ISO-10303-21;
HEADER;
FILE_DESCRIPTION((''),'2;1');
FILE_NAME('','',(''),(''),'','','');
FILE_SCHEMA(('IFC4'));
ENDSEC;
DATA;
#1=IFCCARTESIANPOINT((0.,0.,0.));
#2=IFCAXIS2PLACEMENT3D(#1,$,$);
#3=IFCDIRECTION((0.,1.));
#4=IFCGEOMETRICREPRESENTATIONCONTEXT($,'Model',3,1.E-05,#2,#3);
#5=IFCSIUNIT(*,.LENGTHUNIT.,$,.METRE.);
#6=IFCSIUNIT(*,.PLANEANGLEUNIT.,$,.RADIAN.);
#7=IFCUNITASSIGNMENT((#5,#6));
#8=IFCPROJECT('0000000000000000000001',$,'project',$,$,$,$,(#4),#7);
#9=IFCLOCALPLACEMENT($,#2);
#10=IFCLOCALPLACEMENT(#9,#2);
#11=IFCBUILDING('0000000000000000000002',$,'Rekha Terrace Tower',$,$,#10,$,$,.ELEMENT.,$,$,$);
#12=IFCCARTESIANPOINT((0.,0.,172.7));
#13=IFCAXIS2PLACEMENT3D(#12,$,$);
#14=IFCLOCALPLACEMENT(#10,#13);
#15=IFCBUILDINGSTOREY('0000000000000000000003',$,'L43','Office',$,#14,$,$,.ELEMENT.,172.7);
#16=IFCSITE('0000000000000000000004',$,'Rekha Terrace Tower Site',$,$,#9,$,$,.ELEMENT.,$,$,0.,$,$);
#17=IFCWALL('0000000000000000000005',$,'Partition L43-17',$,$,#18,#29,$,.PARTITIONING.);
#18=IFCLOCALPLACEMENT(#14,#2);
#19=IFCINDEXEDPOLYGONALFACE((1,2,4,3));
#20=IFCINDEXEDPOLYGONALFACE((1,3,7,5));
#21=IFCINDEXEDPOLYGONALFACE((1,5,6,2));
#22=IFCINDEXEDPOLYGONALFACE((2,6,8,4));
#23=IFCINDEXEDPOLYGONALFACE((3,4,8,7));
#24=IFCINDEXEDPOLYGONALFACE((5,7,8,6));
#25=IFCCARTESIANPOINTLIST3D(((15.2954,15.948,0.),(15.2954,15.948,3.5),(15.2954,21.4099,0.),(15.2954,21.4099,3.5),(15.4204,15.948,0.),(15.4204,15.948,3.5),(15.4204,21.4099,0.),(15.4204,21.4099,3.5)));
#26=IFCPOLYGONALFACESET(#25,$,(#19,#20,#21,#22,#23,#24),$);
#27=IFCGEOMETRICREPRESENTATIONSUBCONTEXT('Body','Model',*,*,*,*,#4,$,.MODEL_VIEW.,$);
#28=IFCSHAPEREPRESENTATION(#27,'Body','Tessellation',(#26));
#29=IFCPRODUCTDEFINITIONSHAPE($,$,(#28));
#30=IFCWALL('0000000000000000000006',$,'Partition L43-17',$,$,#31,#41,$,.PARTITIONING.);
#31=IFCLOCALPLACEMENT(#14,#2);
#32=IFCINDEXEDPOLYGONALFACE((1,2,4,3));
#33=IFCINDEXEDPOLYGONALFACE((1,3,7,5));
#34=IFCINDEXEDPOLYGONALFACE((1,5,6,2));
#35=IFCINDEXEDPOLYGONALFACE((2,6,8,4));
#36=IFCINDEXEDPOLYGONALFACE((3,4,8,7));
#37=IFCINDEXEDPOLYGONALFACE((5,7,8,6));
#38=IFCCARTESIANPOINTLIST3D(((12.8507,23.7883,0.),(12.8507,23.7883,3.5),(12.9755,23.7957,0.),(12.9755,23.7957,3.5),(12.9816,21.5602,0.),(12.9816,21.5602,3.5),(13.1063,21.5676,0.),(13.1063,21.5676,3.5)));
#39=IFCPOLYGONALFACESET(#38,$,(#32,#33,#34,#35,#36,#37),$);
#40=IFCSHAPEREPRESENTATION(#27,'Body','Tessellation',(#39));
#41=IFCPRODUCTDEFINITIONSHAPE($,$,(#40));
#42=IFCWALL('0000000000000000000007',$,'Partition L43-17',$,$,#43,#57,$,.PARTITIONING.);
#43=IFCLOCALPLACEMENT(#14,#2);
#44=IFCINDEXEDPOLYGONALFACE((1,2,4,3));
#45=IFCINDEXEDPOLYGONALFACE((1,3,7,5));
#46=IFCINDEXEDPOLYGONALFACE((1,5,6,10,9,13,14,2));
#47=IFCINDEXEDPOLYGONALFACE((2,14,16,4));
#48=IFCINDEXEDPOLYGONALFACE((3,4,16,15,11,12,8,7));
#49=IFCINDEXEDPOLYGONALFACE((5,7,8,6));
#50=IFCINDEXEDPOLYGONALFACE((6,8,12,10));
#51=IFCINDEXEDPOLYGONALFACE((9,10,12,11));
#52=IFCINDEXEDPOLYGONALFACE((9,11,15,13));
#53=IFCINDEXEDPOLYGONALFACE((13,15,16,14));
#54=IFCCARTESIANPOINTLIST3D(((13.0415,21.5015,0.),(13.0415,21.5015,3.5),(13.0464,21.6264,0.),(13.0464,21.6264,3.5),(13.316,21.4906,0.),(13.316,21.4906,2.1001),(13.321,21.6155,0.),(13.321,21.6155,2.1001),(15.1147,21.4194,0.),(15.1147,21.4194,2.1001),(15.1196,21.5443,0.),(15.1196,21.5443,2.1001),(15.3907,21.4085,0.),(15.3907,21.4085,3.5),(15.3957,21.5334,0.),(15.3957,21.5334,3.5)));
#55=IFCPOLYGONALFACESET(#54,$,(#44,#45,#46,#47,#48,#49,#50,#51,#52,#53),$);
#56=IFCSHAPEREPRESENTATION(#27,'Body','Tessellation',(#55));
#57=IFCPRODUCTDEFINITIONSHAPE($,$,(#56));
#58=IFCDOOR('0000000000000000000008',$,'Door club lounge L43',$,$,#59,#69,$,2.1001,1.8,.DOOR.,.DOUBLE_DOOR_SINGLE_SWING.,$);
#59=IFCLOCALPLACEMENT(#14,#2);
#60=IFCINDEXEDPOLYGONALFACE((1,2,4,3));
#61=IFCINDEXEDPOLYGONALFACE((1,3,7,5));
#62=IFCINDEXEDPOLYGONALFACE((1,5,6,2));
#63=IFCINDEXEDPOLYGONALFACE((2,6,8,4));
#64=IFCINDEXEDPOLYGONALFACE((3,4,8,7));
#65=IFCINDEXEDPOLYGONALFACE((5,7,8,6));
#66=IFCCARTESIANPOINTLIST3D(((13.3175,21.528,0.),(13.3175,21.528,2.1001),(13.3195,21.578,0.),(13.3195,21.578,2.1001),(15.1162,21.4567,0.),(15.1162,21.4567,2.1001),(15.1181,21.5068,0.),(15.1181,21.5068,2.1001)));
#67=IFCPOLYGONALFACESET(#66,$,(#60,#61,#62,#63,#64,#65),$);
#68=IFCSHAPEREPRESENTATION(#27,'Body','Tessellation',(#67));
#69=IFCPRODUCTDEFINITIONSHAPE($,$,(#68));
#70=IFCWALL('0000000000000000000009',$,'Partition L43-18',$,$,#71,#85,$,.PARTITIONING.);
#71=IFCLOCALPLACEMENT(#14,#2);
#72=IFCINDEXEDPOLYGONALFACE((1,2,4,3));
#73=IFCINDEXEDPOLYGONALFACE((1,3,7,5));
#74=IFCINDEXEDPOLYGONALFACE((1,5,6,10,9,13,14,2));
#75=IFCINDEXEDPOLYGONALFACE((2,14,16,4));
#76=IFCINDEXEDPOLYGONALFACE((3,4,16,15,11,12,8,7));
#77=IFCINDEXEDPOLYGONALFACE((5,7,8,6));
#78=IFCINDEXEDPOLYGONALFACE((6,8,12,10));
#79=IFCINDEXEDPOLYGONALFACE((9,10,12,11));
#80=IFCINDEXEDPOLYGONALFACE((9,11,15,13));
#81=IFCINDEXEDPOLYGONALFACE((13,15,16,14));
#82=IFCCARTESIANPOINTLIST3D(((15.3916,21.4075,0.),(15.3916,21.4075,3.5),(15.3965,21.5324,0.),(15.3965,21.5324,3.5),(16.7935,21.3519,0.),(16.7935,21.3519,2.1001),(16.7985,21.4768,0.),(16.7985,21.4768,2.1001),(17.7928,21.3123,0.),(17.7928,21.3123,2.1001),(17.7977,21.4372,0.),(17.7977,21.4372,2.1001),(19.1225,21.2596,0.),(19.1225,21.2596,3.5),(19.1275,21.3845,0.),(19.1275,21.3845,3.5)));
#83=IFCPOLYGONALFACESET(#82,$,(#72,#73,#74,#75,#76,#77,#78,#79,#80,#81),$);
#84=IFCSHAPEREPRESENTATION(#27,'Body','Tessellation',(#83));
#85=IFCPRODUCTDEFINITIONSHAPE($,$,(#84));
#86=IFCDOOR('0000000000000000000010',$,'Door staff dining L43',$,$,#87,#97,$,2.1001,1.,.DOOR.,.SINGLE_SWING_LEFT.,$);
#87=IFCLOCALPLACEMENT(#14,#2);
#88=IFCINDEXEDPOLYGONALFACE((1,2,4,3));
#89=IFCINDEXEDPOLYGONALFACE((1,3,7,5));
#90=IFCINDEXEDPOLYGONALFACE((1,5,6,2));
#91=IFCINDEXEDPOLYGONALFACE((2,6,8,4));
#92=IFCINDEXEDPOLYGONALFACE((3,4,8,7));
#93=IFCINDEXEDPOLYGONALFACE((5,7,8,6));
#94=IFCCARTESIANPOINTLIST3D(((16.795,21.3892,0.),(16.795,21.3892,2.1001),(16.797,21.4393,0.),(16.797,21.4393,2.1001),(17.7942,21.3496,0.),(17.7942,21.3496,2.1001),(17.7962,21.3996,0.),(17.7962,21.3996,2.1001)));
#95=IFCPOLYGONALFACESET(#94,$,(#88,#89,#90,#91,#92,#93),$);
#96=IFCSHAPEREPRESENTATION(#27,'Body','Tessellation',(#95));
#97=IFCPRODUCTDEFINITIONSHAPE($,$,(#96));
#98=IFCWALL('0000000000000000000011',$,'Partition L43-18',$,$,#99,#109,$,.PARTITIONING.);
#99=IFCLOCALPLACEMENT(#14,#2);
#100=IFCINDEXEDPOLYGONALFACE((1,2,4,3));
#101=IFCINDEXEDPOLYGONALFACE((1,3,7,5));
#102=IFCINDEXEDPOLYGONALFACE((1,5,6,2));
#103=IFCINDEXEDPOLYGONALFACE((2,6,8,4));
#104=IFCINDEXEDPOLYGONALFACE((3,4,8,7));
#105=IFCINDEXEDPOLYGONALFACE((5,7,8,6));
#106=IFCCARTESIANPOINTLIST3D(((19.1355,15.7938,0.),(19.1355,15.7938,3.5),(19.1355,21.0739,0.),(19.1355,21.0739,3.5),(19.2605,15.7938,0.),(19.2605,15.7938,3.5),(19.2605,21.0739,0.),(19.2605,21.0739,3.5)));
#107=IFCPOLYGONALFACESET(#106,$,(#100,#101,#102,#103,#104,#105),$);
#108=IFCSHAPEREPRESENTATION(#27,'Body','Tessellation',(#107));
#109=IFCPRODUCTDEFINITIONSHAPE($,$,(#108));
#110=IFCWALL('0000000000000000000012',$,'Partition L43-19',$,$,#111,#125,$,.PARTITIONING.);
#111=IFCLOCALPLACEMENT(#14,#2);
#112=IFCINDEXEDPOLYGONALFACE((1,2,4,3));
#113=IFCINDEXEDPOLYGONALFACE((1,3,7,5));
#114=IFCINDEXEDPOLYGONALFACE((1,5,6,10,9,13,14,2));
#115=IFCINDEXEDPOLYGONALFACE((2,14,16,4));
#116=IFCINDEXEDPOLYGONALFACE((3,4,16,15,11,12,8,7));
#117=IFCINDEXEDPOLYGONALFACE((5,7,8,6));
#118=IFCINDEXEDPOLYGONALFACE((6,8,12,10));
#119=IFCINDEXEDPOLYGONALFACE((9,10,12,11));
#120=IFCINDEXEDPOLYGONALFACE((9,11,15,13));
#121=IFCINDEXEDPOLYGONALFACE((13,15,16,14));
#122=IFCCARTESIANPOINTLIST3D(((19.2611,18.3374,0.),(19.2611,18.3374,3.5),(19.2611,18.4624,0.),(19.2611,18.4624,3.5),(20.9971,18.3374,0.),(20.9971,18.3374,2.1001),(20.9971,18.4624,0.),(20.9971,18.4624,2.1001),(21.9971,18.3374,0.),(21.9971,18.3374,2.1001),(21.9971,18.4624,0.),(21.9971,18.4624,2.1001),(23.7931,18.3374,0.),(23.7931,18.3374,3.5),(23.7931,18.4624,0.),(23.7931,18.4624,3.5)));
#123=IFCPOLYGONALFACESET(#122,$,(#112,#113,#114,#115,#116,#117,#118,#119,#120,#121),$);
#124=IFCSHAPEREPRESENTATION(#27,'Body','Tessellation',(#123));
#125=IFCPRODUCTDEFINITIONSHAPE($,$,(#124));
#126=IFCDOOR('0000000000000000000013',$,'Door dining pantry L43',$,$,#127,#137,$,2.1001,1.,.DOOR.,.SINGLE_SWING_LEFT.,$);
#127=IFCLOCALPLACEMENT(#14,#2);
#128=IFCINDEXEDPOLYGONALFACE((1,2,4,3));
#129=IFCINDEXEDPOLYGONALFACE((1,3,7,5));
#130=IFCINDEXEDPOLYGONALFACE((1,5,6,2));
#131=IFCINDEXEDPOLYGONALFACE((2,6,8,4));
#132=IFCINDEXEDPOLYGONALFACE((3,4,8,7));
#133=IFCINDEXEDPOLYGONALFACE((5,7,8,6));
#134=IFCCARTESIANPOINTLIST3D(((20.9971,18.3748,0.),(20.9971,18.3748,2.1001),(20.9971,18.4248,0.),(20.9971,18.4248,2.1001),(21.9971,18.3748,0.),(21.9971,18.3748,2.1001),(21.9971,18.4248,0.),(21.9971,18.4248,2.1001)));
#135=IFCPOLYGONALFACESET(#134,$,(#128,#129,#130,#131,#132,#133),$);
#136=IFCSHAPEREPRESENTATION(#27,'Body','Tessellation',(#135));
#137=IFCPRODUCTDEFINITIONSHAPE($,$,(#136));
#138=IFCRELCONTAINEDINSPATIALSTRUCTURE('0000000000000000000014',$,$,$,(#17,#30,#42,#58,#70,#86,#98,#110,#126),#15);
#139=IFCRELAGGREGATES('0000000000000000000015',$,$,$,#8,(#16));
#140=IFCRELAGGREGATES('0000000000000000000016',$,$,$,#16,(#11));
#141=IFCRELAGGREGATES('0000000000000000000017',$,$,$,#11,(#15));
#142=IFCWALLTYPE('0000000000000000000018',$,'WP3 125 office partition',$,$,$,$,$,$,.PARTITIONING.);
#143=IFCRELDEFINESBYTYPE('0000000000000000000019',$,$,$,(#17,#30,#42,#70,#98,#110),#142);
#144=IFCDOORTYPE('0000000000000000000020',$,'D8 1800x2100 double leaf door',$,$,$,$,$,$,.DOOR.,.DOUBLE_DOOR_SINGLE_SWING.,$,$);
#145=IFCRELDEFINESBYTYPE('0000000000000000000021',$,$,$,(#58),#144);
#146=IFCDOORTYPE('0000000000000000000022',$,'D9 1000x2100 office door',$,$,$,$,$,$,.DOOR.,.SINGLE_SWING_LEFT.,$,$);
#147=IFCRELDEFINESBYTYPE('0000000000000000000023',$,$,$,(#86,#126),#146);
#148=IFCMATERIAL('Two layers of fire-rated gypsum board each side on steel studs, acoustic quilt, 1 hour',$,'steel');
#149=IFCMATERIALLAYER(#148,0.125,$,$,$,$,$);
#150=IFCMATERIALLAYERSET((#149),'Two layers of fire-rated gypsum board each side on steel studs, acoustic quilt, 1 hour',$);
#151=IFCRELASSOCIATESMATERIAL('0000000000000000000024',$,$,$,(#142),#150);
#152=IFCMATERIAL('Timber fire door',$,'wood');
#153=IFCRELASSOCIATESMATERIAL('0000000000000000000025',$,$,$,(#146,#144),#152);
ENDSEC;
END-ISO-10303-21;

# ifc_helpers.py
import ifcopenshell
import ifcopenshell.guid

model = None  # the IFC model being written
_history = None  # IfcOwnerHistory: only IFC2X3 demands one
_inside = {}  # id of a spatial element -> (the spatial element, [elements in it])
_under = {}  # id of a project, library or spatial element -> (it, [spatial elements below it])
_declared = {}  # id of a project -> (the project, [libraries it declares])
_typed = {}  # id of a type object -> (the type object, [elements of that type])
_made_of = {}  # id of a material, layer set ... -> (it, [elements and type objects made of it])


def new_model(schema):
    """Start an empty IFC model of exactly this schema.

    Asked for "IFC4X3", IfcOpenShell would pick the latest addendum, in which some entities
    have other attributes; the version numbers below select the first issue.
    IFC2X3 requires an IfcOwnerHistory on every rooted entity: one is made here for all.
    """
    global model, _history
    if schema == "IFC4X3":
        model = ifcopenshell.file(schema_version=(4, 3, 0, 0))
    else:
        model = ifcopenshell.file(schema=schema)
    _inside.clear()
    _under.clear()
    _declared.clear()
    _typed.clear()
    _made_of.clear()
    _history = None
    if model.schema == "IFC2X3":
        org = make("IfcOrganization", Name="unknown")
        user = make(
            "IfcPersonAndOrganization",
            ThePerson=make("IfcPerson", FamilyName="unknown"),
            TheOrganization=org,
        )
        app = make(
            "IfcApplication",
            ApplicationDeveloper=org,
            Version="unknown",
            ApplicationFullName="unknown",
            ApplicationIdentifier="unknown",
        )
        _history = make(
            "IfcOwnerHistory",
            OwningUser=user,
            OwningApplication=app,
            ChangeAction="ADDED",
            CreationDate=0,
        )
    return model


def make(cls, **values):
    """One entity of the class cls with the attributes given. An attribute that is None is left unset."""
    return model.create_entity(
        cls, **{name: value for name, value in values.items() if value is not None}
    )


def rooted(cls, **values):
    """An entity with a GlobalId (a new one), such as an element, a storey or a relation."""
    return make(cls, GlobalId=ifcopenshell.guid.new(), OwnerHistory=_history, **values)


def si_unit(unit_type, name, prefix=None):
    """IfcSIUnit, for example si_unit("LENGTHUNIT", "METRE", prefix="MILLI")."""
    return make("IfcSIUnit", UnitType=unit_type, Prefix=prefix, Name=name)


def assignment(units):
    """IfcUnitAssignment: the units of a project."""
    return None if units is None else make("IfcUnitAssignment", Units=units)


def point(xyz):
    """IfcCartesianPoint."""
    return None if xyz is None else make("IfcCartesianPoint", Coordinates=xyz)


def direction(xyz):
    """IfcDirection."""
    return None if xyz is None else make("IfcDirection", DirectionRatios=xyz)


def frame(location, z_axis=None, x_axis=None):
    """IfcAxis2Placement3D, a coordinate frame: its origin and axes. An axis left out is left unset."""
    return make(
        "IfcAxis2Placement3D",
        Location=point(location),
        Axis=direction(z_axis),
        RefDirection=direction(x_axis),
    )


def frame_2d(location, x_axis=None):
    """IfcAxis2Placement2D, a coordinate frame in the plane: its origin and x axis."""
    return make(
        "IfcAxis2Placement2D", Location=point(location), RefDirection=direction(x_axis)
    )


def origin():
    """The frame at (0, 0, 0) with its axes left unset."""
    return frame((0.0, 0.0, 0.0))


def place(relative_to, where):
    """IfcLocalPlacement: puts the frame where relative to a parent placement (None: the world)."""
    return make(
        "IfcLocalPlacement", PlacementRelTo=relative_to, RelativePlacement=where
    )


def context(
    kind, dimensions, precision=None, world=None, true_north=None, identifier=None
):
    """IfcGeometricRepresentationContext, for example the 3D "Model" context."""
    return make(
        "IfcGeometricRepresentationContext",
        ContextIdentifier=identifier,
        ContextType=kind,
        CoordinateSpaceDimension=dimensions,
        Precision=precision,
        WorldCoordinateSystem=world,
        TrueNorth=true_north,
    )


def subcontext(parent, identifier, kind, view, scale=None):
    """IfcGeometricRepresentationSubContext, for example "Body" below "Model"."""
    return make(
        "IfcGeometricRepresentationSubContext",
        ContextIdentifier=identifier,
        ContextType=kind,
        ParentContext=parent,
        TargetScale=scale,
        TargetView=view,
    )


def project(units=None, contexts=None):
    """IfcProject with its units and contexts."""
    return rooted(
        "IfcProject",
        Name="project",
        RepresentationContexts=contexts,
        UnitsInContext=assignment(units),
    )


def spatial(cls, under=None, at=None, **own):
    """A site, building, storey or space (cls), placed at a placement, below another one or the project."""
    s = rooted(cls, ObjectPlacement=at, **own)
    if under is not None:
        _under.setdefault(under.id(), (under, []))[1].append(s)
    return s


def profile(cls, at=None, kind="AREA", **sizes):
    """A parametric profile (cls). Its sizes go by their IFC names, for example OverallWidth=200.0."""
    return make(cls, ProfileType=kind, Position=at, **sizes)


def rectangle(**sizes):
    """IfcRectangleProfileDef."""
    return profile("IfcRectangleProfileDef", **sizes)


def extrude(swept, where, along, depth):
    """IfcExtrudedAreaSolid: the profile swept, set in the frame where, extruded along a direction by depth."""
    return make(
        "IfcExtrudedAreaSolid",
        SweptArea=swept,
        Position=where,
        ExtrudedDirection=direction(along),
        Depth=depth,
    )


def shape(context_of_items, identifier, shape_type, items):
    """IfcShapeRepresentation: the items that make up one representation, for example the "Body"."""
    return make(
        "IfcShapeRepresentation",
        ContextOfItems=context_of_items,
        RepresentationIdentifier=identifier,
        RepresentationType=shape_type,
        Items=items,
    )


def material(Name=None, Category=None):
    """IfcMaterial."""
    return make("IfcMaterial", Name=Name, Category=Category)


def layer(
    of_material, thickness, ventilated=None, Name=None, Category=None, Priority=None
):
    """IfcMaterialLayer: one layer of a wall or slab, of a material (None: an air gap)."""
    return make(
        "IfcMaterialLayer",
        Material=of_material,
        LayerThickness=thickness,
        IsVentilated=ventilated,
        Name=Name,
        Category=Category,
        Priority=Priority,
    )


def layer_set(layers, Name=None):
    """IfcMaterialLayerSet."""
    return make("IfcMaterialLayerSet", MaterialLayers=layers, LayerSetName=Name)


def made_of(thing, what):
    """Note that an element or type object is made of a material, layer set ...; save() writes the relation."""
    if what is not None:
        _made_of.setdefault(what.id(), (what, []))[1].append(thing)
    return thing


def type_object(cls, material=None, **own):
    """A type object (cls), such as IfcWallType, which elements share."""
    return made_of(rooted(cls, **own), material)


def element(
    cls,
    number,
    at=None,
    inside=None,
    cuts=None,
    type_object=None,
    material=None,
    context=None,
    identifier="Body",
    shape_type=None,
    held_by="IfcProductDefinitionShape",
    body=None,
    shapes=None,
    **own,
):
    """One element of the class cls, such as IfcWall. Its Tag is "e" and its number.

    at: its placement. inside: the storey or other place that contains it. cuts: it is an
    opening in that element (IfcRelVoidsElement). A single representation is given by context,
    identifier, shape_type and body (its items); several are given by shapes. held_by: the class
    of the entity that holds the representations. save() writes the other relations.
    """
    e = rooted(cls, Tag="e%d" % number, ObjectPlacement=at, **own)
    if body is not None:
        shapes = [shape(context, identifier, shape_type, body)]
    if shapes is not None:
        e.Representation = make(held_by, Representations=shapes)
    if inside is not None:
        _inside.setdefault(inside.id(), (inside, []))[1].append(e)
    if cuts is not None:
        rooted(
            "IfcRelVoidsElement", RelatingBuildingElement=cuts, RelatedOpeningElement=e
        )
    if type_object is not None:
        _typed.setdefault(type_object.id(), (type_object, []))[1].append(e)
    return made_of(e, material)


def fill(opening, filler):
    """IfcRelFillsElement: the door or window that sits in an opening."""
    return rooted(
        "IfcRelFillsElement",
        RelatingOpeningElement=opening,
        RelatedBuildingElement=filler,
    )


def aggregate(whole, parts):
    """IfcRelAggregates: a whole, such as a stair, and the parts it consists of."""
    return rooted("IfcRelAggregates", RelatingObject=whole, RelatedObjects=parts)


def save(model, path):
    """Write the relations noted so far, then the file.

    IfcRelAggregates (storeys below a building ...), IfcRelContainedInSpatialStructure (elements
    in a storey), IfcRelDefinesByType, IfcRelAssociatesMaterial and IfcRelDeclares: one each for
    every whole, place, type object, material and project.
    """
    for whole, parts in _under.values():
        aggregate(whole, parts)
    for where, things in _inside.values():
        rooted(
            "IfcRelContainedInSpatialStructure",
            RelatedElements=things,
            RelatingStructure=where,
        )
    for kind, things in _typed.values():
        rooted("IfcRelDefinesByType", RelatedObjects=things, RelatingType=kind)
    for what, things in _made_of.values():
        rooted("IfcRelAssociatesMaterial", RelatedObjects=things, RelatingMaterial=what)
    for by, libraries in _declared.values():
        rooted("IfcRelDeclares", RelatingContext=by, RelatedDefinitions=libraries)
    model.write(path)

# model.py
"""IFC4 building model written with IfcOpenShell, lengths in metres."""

from ifc_helpers import new_model, si_unit, direction, frame, frame_2d, origin, place, context, subcontext, project, spatial, rectangle, extrude, material, layer, layer_set, type_object, element, fill, save


model = new_model("IFC4")

# Units and contexts
model_context = context("Model", 3, precision=1e-05, world=origin(), true_north=direction((0.0, 1.0)))
body_context = subcontext(model_context, "Body", "Model", "MODEL_VIEW")
ifc_project = project(units=[si_unit("LENGTHUNIT", "METRE"), si_unit("PLANEANGLEUNIT", "RADIAN")], contexts=[model_context])

# Site, building, storey
site_placement = place(None, origin())
site = spatial("IfcSite", under=ifc_project, at=site_placement, Name="Rekha Terrace Tower Site", CompositionType="ELEMENT", RefElevation=0.0)
building_placement = place(site_placement, origin())
building = spatial("IfcBuilding", under=site, at=building_placement, Name="Rekha Terrace Tower", CompositionType="ELEMENT")
storey_placement = place(building_placement, frame((0.0, 0.0, 172.7)))
storey = spatial("IfcBuildingStorey", under=building, at=storey_placement, Name="L43", Description="Office", CompositionType="ELEMENT", Elevation=172.7)

# Shared definitions
ifc_material_1 = material(Name="Two layers of fire-rated gypsum board each side on steel studs, acoustic quilt, 1 hour", Category="steel")
ifc_layer_1 = layer(ifc_material_1, 0.125)
ifc_layer_set_1 = layer_set([ifc_layer_1], Name="Two layers of fire-rated gypsum board each side on steel studs, acoustic quilt, 1 hour")
wall_type_1 = type_object("IfcWallType", Name="WP3 125 office partition", PredefinedType="PARTITIONING", material=ifc_layer_set_1)

# Shared definitions
ifc_material_2 = material(Name="Timber fire door", Category="wood")
door_type_1 = type_object("IfcDoorType", Name="D9 1000x2100 office door", OperationType="SINGLE_SWING_LEFT", PredefinedType="DOOR", material=ifc_material_2)

# Walls
wall_1_placement = place(storey_placement, frame((15.3579, 21.4099, 0.0), z_axis=(0.0, 0.0, 1.0), x_axis=(0.0, -1.0, 0.0)))
element("IfcWall", 1, at=wall_1_placement, inside=storey, type_object=wall_type_1, Name="Partition L43-17", PredefinedType="PARTITIONING", context=body_context, shape_type="SweptSolid", body=[
    extrude(rectangle(XDim=5.4619, YDim=0.125, at=frame_2d((2.731, 0.0))), origin(), (0.0, 0.0, 1.0), 3.5),
])
wall_2_placement = place(storey_placement, frame((12.9131, 23.792, 0.0), z_axis=(0.0, 0.0, 1.0), x_axis=(0.058632, -0.99828, 0.0)))
element("IfcWall", 2, at=wall_2_placement, inside=storey, type_object=wall_type_1, Name="Partition L43-17", PredefinedType="PARTITIONING", context=body_context, shape_type="SweptSolid", body=[
    extrude(rectangle(XDim=2.2319, YDim=0.125, at=frame_2d((1.116, 0.0))), origin(), (0.0, 0.0, 1.0), 3.5),
])

# Walls, openings, doors
wall_3_placement = place(storey_placement, frame((13.0439, 21.564, 0.0), z_axis=(0.0, 0.0, 1.0), x_axis=(0.999217, -0.039566, 0.0)))
wall_3 = element("IfcWall", 3, at=wall_3_placement, inside=storey, type_object=wall_type_1, Name="Partition L43-17", PredefinedType="PARTITIONING", context=body_context, shape_type="SweptSolid", body=[
    extrude(rectangle(XDim=2.3511, YDim=0.125, at=frame_2d((1.1755, 0.0))), origin(), (0.0, 0.0, 1.0), 3.5),
])
opening_1_placement = place(wall_3_placement, frame((0.2749, 0.0, 0.0)))
opening_1 = element("IfcOpeningElement", 4, at=opening_1_placement, cuts=wall_3, PredefinedType="OPENING", context=body_context, shape_type="SweptSolid", body=[
    extrude(rectangle(XDim=1.8, YDim=2.1001, at=frame_2d((0.8999, 1.05))), frame((0.0, 0.0725, 0.0), z_axis=(0.0, -1.0, 0.0), x_axis=(1.0, 0.0, 0.0)), (0.0, 0.0, 1.0), 0.145),
])
door_type_2 = type_object("IfcDoorType", Name="D8 1800x2100 double leaf door", OperationType="DOUBLE_DOOR_SINGLE_SWING", PredefinedType="DOOR", material=ifc_material_2)
door_1_placement = place(opening_1_placement, origin())
door_1 = element("IfcDoor", 5, at=door_1_placement, inside=storey, type_object=door_type_2, Name="Door club lounge L43", OperationType="DOUBLE_DOOR_SINGLE_SWING", OverallHeight=2.1001, OverallWidth=1.8, PredefinedType="DOOR", context=body_context, shape_type="SweptSolid", body=[
    extrude(rectangle(XDim=1.8, YDim=2.1001, at=frame_2d((0.8999, 1.05))), frame((0.0, 0.0249, 0.0), z_axis=(0.0, -1.0, 0.0), x_axis=(1.0, 0.0, 0.0)), (0.0, 0.0, 1.0), 0.05),
])
fill(opening_1, door_1)
wall_4_placement = place(storey_placement, frame((15.394, 21.47, 0.0), z_axis=(0.0, 0.0, 1.0), x_axis=(0.999215, -0.039623, 0.0)))
wall_4 = element("IfcWall", 6, at=wall_4_placement, inside=storey, type_object=wall_type_1, Name="Partition L43-18", PredefinedType="PARTITIONING", context=body_context, shape_type="SweptSolid", body=[
    extrude(rectangle(XDim=3.7339, YDim=0.125, at=frame_2d((1.8669, 0.0))), origin(), (0.0, 0.0, 1.0), 3.5),
])
opening_2_placement = place(wall_4_placement, frame((1.4031, 0.0, 0.0)))
opening_2 = element("IfcOpeningElement", 7, at=opening_2_placement, cuts=wall_4, PredefinedType="OPENING", context=body_context, shape_type="SweptSolid", body=[
    extrude(rectangle(XDim=1.0, YDim=2.1001, at=frame_2d((0.5, 1.05))), frame((0.0, 0.0725, 0.0), z_axis=(0.0, -1.0, 0.0), x_axis=(1.0, 0.0, 0.0)), (0.0, 0.0, 1.0), 0.145),
])
door_2_placement = place(opening_2_placement, origin())
door_2 = element("IfcDoor", 8, at=door_2_placement, inside=storey, type_object=door_type_1, Name="Door staff dining L43", OperationType="SINGLE_SWING_LEFT", OverallHeight=2.1001, OverallWidth=1.0, PredefinedType="DOOR", context=body_context, shape_type="SweptSolid", body=[
    extrude(rectangle(XDim=1.0, YDim=2.1001, at=frame_2d((0.5, 1.05))), frame((0.0, 0.0249, 0.0), z_axis=(0.0, -1.0, 0.0), x_axis=(1.0, 0.0, 0.0)), (0.0, 0.0, 1.0), 0.05),
])
fill(opening_2, door_2)

# Wall
wall_5_placement = place(storey_placement, frame((19.198, 21.074, 0.0), z_axis=(0.0, 0.0, 1.0), x_axis=(0.0, -1.0, 0.0)))
element("IfcWall", 9, at=wall_5_placement, inside=storey, type_object=wall_type_1, Name="Partition L43-18", PredefinedType="PARTITIONING", context=body_context, shape_type="SweptSolid", body=[
    extrude(rectangle(XDim=5.28, YDim=0.125, at=frame_2d((2.6401, 0.0))), origin(), (0.0, 0.0, 1.0), 3.5),
])

# Wall, opening, door
wall_6_placement = place(storey_placement, frame((19.261, 18.3999, 0.0), z_axis=(0.0, 0.0, 1.0), x_axis=(1.0, 0.0, 0.0)))
wall_6 = element("IfcWall", 10, at=wall_6_placement, inside=storey, type_object=wall_type_1, Name="Partition L43-19", PredefinedType="PARTITIONING", context=body_context, shape_type="SweptSolid", body=[
    extrude(rectangle(XDim=4.532, YDim=0.125, at=frame_2d((2.2661, 0.0))), origin(), (0.0, 0.0, 1.0), 3.5),
])
opening_3_placement = place(wall_6_placement, frame((1.7361, 0.0, 0.0)))
opening_3 = element("IfcOpeningElement", 11, at=opening_3_placement, cuts=wall_6, PredefinedType="OPENING", context=body_context, shape_type="SweptSolid", body=[
    extrude(rectangle(XDim=1.0, YDim=2.1001, at=frame_2d((0.5, 1.05))), frame((0.0, 0.0725, 0.0), z_axis=(0.0, -1.0, 0.0), x_axis=(1.0, 0.0, 0.0)), (0.0, 0.0, 1.0), 0.145),
])
door_3_placement = place(opening_3_placement, origin())
door_3 = element("IfcDoor", 12, at=door_3_placement, inside=storey, type_object=door_type_1, Name="Door dining pantry L43", OperationType="SINGLE_SWING_LEFT", OverallHeight=2.1001, OverallWidth=1.0, PredefinedType="DOOR", context=body_context, shape_type="SweptSolid", body=[
    extrude(rectangle(XDim=1.0, YDim=2.1001, at=frame_2d((0.5, 1.05))), frame((0.0, 0.0249, 0.0), z_axis=(0.0, -1.0, 0.0), x_axis=(1.0, 0.0, 0.0)), (0.0, 0.0, 1.0), 0.05),
])
fill(opening_3, door_3)

save(model, "model.ifc")
